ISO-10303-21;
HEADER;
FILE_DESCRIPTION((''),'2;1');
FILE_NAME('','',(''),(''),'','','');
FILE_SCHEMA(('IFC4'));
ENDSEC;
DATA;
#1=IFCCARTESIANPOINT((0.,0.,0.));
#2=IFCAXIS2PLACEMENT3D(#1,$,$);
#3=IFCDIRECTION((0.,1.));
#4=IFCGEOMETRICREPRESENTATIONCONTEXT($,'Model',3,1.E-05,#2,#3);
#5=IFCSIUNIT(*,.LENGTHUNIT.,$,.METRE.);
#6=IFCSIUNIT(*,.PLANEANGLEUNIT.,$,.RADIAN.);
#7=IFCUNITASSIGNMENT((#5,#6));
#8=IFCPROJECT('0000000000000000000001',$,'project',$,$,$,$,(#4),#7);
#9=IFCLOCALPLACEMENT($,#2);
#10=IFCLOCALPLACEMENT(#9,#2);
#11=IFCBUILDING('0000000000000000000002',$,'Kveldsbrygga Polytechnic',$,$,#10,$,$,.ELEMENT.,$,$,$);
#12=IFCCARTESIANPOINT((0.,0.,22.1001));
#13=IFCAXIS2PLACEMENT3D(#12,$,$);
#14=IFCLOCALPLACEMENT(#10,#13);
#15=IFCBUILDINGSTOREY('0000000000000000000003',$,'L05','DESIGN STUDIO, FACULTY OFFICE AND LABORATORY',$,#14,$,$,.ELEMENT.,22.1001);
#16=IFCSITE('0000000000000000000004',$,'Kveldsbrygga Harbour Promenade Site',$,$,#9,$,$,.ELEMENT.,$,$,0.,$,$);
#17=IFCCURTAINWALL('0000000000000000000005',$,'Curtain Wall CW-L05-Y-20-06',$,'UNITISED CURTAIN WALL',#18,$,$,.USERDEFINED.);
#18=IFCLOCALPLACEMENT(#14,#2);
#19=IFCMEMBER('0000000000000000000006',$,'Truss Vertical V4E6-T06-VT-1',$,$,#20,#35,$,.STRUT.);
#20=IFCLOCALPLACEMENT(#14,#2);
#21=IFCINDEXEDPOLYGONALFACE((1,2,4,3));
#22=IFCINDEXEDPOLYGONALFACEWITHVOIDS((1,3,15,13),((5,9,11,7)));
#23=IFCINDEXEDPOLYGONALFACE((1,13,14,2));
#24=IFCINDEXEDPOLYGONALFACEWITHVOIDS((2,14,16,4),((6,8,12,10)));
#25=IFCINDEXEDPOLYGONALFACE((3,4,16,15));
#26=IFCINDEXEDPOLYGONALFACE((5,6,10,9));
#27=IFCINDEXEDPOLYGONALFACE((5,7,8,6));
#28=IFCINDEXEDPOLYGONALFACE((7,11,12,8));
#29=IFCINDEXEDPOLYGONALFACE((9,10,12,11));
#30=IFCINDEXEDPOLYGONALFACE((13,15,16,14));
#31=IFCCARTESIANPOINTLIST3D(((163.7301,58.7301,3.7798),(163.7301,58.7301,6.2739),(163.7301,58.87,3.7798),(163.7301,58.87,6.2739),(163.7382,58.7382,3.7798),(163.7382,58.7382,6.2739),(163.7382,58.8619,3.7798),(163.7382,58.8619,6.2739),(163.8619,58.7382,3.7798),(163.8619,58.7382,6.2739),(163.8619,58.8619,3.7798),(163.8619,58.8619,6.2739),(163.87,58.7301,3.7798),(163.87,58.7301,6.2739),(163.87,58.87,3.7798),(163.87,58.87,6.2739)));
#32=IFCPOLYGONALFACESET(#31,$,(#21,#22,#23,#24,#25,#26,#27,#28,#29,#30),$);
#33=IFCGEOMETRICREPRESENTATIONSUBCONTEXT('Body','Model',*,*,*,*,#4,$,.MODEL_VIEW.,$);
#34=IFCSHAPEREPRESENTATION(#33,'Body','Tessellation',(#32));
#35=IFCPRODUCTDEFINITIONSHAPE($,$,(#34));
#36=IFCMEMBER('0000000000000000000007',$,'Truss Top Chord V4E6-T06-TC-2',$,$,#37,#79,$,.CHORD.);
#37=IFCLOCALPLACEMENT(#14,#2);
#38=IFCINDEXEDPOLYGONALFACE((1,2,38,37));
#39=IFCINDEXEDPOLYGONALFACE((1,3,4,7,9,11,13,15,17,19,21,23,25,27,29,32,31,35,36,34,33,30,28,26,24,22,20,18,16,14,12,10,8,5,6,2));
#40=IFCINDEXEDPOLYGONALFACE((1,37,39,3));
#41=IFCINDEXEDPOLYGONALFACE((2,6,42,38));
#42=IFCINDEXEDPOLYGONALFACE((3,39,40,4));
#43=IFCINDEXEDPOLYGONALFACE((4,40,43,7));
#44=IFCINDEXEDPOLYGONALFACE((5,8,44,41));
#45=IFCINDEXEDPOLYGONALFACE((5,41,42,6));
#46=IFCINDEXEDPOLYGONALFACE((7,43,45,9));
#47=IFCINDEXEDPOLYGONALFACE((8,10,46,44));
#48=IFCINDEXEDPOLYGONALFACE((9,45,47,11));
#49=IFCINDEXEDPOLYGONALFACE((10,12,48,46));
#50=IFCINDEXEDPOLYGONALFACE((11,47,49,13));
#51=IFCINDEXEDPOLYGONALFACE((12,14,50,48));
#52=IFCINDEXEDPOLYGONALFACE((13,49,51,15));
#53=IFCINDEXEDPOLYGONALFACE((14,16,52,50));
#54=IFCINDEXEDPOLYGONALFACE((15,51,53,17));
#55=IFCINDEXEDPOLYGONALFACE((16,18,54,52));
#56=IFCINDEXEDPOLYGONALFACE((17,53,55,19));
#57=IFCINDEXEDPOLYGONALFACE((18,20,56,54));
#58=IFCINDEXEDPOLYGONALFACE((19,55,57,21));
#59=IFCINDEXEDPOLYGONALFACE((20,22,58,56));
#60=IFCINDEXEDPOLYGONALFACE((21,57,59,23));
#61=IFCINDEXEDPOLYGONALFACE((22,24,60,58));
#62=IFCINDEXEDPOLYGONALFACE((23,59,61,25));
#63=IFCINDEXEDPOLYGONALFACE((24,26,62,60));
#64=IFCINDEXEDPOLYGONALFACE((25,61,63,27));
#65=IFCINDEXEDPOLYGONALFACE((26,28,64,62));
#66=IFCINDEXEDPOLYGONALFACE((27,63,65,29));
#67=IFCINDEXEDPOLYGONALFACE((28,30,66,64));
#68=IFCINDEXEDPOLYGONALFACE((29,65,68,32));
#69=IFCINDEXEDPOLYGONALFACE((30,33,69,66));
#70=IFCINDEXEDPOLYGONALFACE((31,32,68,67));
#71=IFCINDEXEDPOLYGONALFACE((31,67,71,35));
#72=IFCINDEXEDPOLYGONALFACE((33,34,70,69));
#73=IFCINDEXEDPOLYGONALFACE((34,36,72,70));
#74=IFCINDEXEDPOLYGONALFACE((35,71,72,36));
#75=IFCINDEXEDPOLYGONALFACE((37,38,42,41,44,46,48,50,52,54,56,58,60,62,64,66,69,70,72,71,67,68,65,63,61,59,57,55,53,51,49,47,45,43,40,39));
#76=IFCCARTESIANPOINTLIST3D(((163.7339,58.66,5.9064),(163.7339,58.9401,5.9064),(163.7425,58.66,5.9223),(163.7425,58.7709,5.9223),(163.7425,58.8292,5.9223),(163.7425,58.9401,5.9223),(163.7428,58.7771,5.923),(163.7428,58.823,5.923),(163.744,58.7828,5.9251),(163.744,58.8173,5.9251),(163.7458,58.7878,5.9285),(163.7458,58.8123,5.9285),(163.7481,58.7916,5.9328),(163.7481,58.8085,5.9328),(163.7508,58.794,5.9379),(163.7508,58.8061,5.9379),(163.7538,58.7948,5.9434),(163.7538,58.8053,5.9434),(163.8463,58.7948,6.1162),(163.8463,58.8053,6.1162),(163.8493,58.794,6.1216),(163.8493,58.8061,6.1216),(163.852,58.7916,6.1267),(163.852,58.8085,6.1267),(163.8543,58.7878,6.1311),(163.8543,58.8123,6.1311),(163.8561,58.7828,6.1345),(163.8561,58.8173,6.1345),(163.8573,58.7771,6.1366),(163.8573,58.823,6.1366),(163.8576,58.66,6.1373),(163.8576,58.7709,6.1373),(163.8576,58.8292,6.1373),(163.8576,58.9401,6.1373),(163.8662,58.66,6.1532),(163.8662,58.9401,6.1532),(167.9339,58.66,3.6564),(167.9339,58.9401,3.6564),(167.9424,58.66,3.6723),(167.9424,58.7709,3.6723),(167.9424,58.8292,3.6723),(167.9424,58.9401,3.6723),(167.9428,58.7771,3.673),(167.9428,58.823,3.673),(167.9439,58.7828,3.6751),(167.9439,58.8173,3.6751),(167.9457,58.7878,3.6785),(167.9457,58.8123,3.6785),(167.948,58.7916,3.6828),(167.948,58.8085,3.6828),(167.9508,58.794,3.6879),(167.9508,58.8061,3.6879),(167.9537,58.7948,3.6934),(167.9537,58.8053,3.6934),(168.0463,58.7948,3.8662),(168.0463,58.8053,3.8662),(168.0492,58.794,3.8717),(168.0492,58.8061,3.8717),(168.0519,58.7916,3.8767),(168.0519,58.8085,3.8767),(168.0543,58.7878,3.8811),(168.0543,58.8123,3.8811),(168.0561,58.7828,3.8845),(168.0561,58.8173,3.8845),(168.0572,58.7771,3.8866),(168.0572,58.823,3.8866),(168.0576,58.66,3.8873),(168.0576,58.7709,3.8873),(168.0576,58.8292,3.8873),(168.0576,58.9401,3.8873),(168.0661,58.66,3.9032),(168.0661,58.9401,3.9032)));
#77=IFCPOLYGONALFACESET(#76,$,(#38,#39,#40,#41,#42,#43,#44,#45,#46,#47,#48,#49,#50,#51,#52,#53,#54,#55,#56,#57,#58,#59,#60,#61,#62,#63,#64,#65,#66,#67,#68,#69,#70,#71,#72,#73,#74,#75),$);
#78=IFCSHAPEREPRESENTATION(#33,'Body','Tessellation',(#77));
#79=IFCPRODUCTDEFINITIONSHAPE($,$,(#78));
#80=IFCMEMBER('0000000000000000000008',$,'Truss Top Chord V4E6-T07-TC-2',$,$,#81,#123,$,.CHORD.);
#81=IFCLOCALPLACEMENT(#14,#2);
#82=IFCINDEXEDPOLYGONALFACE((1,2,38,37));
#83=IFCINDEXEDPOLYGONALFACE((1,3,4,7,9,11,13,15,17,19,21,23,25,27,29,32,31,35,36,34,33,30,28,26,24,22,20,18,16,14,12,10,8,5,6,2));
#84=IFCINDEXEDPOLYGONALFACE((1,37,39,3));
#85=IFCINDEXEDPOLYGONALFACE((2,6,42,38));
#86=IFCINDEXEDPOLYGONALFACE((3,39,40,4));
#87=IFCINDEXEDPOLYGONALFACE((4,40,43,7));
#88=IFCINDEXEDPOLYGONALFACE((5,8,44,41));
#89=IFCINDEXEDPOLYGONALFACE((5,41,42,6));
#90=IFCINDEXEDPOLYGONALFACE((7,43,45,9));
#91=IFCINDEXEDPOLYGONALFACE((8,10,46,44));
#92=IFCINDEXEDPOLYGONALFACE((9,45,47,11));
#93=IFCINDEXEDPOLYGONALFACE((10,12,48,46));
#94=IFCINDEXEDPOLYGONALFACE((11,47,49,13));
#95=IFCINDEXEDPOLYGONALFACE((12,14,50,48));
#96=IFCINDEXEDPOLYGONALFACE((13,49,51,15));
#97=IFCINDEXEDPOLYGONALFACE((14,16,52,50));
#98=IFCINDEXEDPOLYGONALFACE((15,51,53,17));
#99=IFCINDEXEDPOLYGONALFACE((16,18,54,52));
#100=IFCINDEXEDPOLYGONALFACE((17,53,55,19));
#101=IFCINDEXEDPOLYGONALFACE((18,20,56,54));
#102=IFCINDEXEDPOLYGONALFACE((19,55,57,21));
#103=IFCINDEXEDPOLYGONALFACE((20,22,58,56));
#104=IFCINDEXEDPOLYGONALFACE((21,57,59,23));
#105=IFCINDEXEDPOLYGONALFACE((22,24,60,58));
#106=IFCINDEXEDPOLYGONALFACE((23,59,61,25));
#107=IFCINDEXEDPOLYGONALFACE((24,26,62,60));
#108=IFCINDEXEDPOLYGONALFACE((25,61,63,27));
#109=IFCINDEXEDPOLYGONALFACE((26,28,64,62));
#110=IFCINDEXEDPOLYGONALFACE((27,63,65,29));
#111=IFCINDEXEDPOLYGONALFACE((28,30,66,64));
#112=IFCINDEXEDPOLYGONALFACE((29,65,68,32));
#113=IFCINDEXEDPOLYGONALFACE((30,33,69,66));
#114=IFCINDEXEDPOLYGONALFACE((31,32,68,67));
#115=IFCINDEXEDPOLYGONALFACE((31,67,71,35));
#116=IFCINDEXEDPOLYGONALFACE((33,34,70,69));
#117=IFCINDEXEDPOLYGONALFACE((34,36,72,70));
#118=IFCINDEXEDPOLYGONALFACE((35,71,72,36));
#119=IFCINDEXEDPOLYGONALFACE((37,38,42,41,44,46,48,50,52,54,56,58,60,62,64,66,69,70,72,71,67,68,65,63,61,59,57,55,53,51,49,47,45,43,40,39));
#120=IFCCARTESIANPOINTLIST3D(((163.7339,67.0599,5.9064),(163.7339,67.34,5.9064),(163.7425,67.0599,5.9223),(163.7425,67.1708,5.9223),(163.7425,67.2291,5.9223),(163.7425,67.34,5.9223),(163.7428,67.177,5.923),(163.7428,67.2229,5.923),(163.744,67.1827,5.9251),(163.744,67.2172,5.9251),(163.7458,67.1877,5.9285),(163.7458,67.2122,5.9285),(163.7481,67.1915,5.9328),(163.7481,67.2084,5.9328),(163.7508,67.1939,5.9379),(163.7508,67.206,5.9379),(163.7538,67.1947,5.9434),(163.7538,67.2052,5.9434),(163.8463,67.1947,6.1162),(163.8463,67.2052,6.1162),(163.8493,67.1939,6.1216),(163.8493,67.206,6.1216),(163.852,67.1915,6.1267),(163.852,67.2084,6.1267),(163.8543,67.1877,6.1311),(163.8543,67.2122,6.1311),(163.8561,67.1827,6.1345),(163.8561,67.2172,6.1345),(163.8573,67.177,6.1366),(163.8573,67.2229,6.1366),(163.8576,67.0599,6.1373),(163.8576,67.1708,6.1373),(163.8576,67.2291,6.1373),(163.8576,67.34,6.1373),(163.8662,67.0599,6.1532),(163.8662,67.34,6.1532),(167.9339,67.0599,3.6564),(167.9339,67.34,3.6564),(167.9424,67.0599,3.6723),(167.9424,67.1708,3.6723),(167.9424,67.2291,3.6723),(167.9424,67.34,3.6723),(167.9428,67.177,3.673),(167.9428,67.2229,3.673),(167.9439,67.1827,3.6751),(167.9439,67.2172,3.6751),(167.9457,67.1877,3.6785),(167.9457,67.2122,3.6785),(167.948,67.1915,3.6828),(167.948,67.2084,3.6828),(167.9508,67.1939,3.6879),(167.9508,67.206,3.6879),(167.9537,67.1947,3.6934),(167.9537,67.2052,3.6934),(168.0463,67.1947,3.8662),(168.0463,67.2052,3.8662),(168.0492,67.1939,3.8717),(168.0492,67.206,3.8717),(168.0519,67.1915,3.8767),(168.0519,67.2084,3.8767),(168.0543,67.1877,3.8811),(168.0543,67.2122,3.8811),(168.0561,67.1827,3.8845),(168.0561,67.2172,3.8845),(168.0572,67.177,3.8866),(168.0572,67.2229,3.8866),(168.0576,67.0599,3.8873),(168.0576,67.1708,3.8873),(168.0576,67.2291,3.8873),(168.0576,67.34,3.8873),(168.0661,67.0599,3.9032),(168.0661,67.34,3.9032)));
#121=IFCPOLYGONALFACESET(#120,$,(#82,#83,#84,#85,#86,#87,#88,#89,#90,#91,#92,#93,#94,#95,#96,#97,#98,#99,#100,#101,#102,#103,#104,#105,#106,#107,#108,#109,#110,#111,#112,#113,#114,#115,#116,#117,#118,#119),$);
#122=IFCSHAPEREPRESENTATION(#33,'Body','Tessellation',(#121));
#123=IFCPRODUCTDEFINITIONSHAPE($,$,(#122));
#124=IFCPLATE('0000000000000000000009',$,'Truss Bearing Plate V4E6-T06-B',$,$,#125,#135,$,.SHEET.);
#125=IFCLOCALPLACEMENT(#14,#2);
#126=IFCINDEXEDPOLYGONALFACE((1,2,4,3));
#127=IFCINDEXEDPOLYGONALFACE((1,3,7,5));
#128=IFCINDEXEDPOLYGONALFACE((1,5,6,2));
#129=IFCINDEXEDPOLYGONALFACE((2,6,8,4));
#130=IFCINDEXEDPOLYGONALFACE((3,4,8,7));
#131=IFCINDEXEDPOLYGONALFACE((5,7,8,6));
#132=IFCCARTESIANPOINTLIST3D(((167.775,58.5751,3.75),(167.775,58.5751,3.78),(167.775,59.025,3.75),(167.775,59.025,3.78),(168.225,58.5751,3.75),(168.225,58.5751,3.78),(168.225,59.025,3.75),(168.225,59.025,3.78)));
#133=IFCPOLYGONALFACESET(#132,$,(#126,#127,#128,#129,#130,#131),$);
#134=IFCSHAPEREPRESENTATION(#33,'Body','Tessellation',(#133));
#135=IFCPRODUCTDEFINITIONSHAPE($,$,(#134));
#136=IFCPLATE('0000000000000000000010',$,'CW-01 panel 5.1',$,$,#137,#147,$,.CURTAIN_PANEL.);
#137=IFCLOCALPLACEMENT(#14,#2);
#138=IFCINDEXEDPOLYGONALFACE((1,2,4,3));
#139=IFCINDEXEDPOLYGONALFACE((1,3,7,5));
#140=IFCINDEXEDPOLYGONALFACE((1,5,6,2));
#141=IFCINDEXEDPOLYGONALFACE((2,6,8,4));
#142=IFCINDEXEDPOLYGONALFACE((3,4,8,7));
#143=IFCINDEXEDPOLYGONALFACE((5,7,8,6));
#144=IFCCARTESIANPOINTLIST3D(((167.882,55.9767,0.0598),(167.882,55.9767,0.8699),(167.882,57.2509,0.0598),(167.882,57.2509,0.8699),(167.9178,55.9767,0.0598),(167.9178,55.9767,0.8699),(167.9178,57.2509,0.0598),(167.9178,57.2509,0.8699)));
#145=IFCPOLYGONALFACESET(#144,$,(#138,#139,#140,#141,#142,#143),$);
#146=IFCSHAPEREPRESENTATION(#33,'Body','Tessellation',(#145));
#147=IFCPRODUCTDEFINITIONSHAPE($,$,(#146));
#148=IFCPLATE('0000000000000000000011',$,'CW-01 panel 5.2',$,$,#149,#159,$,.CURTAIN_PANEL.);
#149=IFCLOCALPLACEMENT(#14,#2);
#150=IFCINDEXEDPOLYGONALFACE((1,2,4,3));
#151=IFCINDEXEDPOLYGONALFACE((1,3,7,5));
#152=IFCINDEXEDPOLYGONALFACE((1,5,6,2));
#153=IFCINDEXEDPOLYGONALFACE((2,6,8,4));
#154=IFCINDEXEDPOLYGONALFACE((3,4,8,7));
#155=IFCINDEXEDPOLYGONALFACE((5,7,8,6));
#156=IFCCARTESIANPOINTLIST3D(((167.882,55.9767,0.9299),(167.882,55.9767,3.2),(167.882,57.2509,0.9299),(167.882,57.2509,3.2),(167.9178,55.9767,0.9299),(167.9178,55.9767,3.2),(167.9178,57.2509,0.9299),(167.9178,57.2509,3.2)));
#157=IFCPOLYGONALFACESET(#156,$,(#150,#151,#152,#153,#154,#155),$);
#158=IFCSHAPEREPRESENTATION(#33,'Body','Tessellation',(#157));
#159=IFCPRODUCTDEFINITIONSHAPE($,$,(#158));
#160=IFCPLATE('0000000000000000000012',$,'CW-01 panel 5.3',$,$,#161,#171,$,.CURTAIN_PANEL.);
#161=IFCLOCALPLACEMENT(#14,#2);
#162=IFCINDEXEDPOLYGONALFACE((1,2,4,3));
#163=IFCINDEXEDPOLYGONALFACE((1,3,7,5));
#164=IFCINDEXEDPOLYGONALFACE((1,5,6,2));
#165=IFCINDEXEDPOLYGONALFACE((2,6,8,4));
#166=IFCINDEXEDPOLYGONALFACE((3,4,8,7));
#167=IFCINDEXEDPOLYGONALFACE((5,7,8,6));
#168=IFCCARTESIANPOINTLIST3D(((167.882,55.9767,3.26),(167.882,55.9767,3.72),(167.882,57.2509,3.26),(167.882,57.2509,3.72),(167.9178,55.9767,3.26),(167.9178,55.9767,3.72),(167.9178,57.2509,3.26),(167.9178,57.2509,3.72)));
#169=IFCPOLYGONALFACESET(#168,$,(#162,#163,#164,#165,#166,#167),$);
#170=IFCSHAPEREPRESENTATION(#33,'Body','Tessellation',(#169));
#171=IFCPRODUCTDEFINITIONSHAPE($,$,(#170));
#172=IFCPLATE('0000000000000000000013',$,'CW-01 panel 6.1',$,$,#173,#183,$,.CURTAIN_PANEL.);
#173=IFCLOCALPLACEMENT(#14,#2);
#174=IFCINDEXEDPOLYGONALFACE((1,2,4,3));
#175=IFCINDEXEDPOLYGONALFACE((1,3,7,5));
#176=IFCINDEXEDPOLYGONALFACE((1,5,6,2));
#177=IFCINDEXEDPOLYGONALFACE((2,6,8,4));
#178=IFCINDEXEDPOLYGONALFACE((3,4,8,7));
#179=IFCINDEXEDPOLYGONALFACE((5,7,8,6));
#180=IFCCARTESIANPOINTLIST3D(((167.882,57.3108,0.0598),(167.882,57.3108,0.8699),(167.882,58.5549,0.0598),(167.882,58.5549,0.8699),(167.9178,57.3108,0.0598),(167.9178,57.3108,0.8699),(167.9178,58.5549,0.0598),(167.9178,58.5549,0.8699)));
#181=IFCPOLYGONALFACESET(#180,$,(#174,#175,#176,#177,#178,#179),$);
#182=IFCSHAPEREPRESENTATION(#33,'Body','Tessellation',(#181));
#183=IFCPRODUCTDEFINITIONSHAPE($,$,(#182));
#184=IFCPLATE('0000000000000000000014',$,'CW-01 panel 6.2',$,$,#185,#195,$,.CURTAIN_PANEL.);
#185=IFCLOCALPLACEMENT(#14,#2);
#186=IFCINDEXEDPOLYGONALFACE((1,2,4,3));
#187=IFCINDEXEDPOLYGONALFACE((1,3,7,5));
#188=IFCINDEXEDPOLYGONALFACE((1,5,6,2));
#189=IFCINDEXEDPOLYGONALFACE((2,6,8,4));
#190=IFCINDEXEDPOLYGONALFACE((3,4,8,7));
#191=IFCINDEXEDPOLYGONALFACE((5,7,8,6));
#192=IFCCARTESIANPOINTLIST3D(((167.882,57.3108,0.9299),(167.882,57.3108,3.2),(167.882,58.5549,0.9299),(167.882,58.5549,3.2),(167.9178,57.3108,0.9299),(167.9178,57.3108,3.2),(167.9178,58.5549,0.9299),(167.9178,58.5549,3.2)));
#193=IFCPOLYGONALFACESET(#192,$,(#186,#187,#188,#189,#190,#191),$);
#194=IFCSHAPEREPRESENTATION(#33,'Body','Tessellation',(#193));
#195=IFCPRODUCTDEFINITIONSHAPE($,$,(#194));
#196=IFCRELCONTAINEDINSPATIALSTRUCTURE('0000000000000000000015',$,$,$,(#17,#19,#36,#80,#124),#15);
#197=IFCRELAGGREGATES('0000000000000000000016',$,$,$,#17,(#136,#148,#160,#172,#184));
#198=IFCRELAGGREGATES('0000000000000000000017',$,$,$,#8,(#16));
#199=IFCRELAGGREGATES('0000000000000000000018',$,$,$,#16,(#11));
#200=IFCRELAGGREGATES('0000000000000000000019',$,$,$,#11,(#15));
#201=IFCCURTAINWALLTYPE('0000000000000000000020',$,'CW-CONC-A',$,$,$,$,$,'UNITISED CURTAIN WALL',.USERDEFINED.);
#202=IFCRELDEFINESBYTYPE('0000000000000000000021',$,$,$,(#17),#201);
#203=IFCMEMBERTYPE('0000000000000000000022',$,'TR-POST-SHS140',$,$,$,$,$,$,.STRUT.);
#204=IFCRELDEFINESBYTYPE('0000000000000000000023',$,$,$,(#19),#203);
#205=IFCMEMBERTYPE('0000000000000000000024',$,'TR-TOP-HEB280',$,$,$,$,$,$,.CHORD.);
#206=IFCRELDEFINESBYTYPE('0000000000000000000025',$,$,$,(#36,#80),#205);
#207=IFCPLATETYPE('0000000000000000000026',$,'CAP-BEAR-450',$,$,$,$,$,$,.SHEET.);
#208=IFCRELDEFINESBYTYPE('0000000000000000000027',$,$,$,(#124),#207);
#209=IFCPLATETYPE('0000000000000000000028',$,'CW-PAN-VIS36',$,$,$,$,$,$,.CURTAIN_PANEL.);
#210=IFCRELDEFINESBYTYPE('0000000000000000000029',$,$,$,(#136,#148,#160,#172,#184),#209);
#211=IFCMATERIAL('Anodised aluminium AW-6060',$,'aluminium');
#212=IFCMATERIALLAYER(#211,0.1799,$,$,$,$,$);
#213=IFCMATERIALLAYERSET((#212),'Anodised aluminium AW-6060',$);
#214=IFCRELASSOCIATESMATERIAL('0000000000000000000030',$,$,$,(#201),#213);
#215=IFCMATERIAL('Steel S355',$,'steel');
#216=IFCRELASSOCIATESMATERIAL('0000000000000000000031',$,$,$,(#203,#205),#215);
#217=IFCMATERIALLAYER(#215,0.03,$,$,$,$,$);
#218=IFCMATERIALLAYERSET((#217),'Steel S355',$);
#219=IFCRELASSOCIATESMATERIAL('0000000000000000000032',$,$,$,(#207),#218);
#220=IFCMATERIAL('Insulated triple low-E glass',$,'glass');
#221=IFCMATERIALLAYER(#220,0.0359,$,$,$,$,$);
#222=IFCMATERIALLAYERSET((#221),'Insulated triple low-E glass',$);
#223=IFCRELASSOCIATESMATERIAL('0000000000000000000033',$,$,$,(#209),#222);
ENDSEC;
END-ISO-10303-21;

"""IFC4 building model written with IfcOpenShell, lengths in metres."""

from ifc_helpers import new_model, si_unit, direction, frame, origin, origin_2d, place, context, subcontext, project, spatial, rectangle, hollow_rectangle, i_section, extrude, material, layer, layer_set, material_profile, profile_set, type_object, element, aggregate, save


model = new_model("IFC4")

# Units and contexts
model_context = context("Model", 3, precision=1e-05, world=origin(), true_north=direction((0.0, 1.0)))
body_context = subcontext(model_context, "Body", "Model", "MODEL_VIEW")
ifc_project = project(units=[si_unit("LENGTHUNIT", "METRE"), si_unit("PLANEANGLEUNIT", "RADIAN")], contexts=[model_context])

# Site, building, storey
site_placement = place(None, origin())
site = spatial("IfcSite", under=ifc_project, at=site_placement, Name="Kveldsbrygga Harbour Promenade Site", CompositionType="ELEMENT", RefElevation=0.0)
building_placement = place(site_placement, origin())
building = spatial("IfcBuilding", under=site, at=building_placement, Name="Kveldsbrygga Polytechnic", CompositionType="ELEMENT")
storey_placement = place(building_placement, frame((0.0, 0.0, 22.1001)))
storey = spatial("IfcBuildingStorey", under=building, at=storey_placement, Name="L05", Description="DESIGN STUDIO, FACULTY OFFICE AND LABORATORY", CompositionType="ELEMENT", Elevation=22.1001)

# Curtain wall
ifc_material_1 = material(Name="Anodised aluminium AW-6060", Category="aluminium")
ifc_layer_1 = layer(ifc_material_1, 0.1799)
ifc_layer_set_1 = layer_set([ifc_layer_1], Name="Anodised aluminium AW-6060")
curtain_wall_type = type_object("IfcCurtainWallType", Name="CW-CONC-A", ElementType="UNITISED CURTAIN WALL", PredefinedType="USERDEFINED", material=ifc_layer_set_1)
curtain_wall_placement = place(storey_placement, origin())
curtain_wall = element("IfcCurtainWall", 1, at=curtain_wall_placement, inside=storey, type_object=curtain_wall_type, Name="Curtain Wall CW-L05-Y-20-06", ObjectType="UNITISED CURTAIN WALL", PredefinedType="USERDEFINED")

# Members
ifc_material_2 = material(Name="Steel S355", Category="steel")
ifc_material_profile_1 = material_profile(ifc_material_2, hollow_rectangle(XDim=0.1399, YDim=0.1399, WallThickness=0.0081, at=origin_2d()), Name="SHS 140x140x8.0")
ifc_profile_set_1 = profile_set([ifc_material_profile_1], Name="Steel S355")
member_type_1 = type_object("IfcMemberType", Name="TR-POST-SHS140", PredefinedType="STRUT", material=ifc_profile_set_1)
member_1_placement = place(storey_placement, frame((163.8, 58.8, 3.7798), z_axis=(0.0, 0.0, 1.0), x_axis=(1.0, 0.0, 0.0)))
element("IfcMember", 2, at=member_1_placement, inside=storey, type_object=member_type_1, Name="Truss Vertical V4E6-T06-VT-1", PredefinedType="STRUT", context=body_context, shape_type="SweptSolid", body=[
    extrude(hollow_rectangle(XDim=0.1399, YDim=0.1399, WallThickness=0.0081, at=origin_2d()), origin(), (0.0, 0.0, 1.0), 2.4941),
])
ifc_material_profile_2 = material_profile(ifc_material_2, i_section(OverallWidth=0.28, OverallDepth=0.28, WebThickness=0.0105, FlangeThickness=0.0181, FilletRadius=0.0239, at=origin_2d()), Name="HEB 280")
ifc_profile_set_2 = profile_set([ifc_material_profile_2], Name="Steel S355")
member_type_2 = type_object("IfcMemberType", Name="TR-TOP-HEB280", PredefinedType="CHORD", material=ifc_profile_set_2)
for number, where, z_axis, x_axis, name in (
    (3, (163.8, 58.8, 6.0298), (0.881478, 0.0, -0.472226), (0.0, 1.0, 0.0), "Truss Top Chord V4E6-T06-TC-2"),
    (4, (163.8, 67.2, 6.0298), (0.881478, 0.0, -0.472226), (0.0, 1.0, 0.0), "Truss Top Chord V4E6-T07-TC-2"),
):
    element("IfcMember", number, at=place(storey_placement, frame(where, z_axis=z_axis, x_axis=x_axis)), inside=storey, type_object=member_type_2, Name=name, PredefinedType="CHORD", context=body_context, shape_type="SweptSolid", body=[
        extrude(i_section(OverallWidth=0.28, OverallDepth=0.28, WebThickness=0.0105, FlangeThickness=0.0181, FilletRadius=0.0239, at=origin_2d()), origin(), (0.0, 0.0, 1.0), 4.7646),
    ])

# Plates
ifc_layer_2 = layer(ifc_material_2, 0.03)
ifc_layer_set_2 = layer_set([ifc_layer_2], Name="Steel S355")
plate_type_1 = type_object("IfcPlateType", Name="CAP-BEAR-450", PredefinedType="SHEET", material=ifc_layer_set_2)
plate_1_placement = place(storey_placement, frame((168.0, 58.8, 3.75), z_axis=(0.0, 0.0, 1.0), x_axis=(1.0, 0.0, 0.0)))
element("IfcPlate", 5, at=plate_1_placement, inside=storey, type_object=plate_type_1, Name="Truss Bearing Plate V4E6-T06-B", PredefinedType="SHEET", context=body_context, shape_type="SweptSolid", body=[
    extrude(rectangle(XDim=0.45, YDim=0.45, at=origin_2d()), origin(), (0.0, 0.0, 1.0), 0.03),
])
ifc_material_3 = material(Name="Insulated triple low-E glass", Category="glass")
ifc_layer_3 = layer(ifc_material_3, 0.0359)
ifc_layer_set_3 = layer_set([ifc_layer_3], Name="Insulated triple low-E glass")
plate_type_2 = type_object("IfcPlateType", Name="CW-PAN-VIS36", PredefinedType="CURTAIN_PANEL", material=ifc_layer_set_3)
plate_2_placement = place(storey_placement, frame((167.8999, 56.6138, 0.0598), z_axis=(0.0, 0.0, 1.0), x_axis=(0.0, 1.0, 0.0)))
plate_2 = element("IfcPlate", 6, at=plate_2_placement, type_object=plate_type_2, Name="CW-01 panel 5.1", PredefinedType="CURTAIN_PANEL", context=body_context, shape_type="SweptSolid", body=[
    extrude(rectangle(XDim=1.2742, YDim=0.0359, at=origin_2d()), origin(), (0.0, 0.0, 1.0), 0.8101),
])
plate_3_placement = place(storey_placement, frame((167.8999, 56.6138, 0.9299), z_axis=(0.0, 0.0, 1.0), x_axis=(0.0, 1.0, 0.0)))
plate_3 = element("IfcPlate", 7, at=plate_3_placement, type_object=plate_type_2, Name="CW-01 panel 5.2", PredefinedType="CURTAIN_PANEL", context=body_context, shape_type="SweptSolid", body=[
    extrude(rectangle(XDim=1.2742, YDim=0.0359, at=origin_2d()), origin(), (0.0, 0.0, 1.0), 2.27),
])
plate_4_placement = place(storey_placement, frame((167.8999, 56.6138, 3.26), z_axis=(0.0, 0.0, 1.0), x_axis=(0.0, 1.0, 0.0)))
plate_4 = element("IfcPlate", 8, at=plate_4_placement, type_object=plate_type_2, Name="CW-01 panel 5.3", PredefinedType="CURTAIN_PANEL", context=body_context, shape_type="SweptSolid", body=[
    extrude(rectangle(XDim=1.2742, YDim=0.0359, at=origin_2d()), origin(), (0.0, 0.0, 1.0), 0.46),
])
plate_5_placement = place(storey_placement, frame((167.8999, 57.9329, 0.0598), z_axis=(0.0, 0.0, 1.0), x_axis=(0.0, 1.0, 0.0)))
plate_5 = element("IfcPlate", 9, at=plate_5_placement, type_object=plate_type_2, Name="CW-01 panel 6.1", PredefinedType="CURTAIN_PANEL", context=body_context, shape_type="SweptSolid", body=[
    extrude(rectangle(XDim=1.2441, YDim=0.0359, at=origin_2d()), origin(), (0.0, 0.0, 1.0), 0.8101),
])
plate_6_placement = place(storey_placement, frame((167.8999, 57.9329, 0.9299), z_axis=(0.0, 0.0, 1.0), x_axis=(0.0, 1.0, 0.0)))
plate_6 = element("IfcPlate", 10, at=plate_6_placement, type_object=plate_type_2, Name="CW-01 panel 6.2", PredefinedType="CURTAIN_PANEL", context=body_context, shape_type="SweptSolid", body=[
    extrude(rectangle(XDim=1.2441, YDim=0.0359, at=origin_2d()), origin(), (0.0, 0.0, 1.0), 2.27),
])
aggregate(curtain_wall, [plate_2, plate_3, plate_4, plate_5, plate_6])

save(model, "model.ifc")
